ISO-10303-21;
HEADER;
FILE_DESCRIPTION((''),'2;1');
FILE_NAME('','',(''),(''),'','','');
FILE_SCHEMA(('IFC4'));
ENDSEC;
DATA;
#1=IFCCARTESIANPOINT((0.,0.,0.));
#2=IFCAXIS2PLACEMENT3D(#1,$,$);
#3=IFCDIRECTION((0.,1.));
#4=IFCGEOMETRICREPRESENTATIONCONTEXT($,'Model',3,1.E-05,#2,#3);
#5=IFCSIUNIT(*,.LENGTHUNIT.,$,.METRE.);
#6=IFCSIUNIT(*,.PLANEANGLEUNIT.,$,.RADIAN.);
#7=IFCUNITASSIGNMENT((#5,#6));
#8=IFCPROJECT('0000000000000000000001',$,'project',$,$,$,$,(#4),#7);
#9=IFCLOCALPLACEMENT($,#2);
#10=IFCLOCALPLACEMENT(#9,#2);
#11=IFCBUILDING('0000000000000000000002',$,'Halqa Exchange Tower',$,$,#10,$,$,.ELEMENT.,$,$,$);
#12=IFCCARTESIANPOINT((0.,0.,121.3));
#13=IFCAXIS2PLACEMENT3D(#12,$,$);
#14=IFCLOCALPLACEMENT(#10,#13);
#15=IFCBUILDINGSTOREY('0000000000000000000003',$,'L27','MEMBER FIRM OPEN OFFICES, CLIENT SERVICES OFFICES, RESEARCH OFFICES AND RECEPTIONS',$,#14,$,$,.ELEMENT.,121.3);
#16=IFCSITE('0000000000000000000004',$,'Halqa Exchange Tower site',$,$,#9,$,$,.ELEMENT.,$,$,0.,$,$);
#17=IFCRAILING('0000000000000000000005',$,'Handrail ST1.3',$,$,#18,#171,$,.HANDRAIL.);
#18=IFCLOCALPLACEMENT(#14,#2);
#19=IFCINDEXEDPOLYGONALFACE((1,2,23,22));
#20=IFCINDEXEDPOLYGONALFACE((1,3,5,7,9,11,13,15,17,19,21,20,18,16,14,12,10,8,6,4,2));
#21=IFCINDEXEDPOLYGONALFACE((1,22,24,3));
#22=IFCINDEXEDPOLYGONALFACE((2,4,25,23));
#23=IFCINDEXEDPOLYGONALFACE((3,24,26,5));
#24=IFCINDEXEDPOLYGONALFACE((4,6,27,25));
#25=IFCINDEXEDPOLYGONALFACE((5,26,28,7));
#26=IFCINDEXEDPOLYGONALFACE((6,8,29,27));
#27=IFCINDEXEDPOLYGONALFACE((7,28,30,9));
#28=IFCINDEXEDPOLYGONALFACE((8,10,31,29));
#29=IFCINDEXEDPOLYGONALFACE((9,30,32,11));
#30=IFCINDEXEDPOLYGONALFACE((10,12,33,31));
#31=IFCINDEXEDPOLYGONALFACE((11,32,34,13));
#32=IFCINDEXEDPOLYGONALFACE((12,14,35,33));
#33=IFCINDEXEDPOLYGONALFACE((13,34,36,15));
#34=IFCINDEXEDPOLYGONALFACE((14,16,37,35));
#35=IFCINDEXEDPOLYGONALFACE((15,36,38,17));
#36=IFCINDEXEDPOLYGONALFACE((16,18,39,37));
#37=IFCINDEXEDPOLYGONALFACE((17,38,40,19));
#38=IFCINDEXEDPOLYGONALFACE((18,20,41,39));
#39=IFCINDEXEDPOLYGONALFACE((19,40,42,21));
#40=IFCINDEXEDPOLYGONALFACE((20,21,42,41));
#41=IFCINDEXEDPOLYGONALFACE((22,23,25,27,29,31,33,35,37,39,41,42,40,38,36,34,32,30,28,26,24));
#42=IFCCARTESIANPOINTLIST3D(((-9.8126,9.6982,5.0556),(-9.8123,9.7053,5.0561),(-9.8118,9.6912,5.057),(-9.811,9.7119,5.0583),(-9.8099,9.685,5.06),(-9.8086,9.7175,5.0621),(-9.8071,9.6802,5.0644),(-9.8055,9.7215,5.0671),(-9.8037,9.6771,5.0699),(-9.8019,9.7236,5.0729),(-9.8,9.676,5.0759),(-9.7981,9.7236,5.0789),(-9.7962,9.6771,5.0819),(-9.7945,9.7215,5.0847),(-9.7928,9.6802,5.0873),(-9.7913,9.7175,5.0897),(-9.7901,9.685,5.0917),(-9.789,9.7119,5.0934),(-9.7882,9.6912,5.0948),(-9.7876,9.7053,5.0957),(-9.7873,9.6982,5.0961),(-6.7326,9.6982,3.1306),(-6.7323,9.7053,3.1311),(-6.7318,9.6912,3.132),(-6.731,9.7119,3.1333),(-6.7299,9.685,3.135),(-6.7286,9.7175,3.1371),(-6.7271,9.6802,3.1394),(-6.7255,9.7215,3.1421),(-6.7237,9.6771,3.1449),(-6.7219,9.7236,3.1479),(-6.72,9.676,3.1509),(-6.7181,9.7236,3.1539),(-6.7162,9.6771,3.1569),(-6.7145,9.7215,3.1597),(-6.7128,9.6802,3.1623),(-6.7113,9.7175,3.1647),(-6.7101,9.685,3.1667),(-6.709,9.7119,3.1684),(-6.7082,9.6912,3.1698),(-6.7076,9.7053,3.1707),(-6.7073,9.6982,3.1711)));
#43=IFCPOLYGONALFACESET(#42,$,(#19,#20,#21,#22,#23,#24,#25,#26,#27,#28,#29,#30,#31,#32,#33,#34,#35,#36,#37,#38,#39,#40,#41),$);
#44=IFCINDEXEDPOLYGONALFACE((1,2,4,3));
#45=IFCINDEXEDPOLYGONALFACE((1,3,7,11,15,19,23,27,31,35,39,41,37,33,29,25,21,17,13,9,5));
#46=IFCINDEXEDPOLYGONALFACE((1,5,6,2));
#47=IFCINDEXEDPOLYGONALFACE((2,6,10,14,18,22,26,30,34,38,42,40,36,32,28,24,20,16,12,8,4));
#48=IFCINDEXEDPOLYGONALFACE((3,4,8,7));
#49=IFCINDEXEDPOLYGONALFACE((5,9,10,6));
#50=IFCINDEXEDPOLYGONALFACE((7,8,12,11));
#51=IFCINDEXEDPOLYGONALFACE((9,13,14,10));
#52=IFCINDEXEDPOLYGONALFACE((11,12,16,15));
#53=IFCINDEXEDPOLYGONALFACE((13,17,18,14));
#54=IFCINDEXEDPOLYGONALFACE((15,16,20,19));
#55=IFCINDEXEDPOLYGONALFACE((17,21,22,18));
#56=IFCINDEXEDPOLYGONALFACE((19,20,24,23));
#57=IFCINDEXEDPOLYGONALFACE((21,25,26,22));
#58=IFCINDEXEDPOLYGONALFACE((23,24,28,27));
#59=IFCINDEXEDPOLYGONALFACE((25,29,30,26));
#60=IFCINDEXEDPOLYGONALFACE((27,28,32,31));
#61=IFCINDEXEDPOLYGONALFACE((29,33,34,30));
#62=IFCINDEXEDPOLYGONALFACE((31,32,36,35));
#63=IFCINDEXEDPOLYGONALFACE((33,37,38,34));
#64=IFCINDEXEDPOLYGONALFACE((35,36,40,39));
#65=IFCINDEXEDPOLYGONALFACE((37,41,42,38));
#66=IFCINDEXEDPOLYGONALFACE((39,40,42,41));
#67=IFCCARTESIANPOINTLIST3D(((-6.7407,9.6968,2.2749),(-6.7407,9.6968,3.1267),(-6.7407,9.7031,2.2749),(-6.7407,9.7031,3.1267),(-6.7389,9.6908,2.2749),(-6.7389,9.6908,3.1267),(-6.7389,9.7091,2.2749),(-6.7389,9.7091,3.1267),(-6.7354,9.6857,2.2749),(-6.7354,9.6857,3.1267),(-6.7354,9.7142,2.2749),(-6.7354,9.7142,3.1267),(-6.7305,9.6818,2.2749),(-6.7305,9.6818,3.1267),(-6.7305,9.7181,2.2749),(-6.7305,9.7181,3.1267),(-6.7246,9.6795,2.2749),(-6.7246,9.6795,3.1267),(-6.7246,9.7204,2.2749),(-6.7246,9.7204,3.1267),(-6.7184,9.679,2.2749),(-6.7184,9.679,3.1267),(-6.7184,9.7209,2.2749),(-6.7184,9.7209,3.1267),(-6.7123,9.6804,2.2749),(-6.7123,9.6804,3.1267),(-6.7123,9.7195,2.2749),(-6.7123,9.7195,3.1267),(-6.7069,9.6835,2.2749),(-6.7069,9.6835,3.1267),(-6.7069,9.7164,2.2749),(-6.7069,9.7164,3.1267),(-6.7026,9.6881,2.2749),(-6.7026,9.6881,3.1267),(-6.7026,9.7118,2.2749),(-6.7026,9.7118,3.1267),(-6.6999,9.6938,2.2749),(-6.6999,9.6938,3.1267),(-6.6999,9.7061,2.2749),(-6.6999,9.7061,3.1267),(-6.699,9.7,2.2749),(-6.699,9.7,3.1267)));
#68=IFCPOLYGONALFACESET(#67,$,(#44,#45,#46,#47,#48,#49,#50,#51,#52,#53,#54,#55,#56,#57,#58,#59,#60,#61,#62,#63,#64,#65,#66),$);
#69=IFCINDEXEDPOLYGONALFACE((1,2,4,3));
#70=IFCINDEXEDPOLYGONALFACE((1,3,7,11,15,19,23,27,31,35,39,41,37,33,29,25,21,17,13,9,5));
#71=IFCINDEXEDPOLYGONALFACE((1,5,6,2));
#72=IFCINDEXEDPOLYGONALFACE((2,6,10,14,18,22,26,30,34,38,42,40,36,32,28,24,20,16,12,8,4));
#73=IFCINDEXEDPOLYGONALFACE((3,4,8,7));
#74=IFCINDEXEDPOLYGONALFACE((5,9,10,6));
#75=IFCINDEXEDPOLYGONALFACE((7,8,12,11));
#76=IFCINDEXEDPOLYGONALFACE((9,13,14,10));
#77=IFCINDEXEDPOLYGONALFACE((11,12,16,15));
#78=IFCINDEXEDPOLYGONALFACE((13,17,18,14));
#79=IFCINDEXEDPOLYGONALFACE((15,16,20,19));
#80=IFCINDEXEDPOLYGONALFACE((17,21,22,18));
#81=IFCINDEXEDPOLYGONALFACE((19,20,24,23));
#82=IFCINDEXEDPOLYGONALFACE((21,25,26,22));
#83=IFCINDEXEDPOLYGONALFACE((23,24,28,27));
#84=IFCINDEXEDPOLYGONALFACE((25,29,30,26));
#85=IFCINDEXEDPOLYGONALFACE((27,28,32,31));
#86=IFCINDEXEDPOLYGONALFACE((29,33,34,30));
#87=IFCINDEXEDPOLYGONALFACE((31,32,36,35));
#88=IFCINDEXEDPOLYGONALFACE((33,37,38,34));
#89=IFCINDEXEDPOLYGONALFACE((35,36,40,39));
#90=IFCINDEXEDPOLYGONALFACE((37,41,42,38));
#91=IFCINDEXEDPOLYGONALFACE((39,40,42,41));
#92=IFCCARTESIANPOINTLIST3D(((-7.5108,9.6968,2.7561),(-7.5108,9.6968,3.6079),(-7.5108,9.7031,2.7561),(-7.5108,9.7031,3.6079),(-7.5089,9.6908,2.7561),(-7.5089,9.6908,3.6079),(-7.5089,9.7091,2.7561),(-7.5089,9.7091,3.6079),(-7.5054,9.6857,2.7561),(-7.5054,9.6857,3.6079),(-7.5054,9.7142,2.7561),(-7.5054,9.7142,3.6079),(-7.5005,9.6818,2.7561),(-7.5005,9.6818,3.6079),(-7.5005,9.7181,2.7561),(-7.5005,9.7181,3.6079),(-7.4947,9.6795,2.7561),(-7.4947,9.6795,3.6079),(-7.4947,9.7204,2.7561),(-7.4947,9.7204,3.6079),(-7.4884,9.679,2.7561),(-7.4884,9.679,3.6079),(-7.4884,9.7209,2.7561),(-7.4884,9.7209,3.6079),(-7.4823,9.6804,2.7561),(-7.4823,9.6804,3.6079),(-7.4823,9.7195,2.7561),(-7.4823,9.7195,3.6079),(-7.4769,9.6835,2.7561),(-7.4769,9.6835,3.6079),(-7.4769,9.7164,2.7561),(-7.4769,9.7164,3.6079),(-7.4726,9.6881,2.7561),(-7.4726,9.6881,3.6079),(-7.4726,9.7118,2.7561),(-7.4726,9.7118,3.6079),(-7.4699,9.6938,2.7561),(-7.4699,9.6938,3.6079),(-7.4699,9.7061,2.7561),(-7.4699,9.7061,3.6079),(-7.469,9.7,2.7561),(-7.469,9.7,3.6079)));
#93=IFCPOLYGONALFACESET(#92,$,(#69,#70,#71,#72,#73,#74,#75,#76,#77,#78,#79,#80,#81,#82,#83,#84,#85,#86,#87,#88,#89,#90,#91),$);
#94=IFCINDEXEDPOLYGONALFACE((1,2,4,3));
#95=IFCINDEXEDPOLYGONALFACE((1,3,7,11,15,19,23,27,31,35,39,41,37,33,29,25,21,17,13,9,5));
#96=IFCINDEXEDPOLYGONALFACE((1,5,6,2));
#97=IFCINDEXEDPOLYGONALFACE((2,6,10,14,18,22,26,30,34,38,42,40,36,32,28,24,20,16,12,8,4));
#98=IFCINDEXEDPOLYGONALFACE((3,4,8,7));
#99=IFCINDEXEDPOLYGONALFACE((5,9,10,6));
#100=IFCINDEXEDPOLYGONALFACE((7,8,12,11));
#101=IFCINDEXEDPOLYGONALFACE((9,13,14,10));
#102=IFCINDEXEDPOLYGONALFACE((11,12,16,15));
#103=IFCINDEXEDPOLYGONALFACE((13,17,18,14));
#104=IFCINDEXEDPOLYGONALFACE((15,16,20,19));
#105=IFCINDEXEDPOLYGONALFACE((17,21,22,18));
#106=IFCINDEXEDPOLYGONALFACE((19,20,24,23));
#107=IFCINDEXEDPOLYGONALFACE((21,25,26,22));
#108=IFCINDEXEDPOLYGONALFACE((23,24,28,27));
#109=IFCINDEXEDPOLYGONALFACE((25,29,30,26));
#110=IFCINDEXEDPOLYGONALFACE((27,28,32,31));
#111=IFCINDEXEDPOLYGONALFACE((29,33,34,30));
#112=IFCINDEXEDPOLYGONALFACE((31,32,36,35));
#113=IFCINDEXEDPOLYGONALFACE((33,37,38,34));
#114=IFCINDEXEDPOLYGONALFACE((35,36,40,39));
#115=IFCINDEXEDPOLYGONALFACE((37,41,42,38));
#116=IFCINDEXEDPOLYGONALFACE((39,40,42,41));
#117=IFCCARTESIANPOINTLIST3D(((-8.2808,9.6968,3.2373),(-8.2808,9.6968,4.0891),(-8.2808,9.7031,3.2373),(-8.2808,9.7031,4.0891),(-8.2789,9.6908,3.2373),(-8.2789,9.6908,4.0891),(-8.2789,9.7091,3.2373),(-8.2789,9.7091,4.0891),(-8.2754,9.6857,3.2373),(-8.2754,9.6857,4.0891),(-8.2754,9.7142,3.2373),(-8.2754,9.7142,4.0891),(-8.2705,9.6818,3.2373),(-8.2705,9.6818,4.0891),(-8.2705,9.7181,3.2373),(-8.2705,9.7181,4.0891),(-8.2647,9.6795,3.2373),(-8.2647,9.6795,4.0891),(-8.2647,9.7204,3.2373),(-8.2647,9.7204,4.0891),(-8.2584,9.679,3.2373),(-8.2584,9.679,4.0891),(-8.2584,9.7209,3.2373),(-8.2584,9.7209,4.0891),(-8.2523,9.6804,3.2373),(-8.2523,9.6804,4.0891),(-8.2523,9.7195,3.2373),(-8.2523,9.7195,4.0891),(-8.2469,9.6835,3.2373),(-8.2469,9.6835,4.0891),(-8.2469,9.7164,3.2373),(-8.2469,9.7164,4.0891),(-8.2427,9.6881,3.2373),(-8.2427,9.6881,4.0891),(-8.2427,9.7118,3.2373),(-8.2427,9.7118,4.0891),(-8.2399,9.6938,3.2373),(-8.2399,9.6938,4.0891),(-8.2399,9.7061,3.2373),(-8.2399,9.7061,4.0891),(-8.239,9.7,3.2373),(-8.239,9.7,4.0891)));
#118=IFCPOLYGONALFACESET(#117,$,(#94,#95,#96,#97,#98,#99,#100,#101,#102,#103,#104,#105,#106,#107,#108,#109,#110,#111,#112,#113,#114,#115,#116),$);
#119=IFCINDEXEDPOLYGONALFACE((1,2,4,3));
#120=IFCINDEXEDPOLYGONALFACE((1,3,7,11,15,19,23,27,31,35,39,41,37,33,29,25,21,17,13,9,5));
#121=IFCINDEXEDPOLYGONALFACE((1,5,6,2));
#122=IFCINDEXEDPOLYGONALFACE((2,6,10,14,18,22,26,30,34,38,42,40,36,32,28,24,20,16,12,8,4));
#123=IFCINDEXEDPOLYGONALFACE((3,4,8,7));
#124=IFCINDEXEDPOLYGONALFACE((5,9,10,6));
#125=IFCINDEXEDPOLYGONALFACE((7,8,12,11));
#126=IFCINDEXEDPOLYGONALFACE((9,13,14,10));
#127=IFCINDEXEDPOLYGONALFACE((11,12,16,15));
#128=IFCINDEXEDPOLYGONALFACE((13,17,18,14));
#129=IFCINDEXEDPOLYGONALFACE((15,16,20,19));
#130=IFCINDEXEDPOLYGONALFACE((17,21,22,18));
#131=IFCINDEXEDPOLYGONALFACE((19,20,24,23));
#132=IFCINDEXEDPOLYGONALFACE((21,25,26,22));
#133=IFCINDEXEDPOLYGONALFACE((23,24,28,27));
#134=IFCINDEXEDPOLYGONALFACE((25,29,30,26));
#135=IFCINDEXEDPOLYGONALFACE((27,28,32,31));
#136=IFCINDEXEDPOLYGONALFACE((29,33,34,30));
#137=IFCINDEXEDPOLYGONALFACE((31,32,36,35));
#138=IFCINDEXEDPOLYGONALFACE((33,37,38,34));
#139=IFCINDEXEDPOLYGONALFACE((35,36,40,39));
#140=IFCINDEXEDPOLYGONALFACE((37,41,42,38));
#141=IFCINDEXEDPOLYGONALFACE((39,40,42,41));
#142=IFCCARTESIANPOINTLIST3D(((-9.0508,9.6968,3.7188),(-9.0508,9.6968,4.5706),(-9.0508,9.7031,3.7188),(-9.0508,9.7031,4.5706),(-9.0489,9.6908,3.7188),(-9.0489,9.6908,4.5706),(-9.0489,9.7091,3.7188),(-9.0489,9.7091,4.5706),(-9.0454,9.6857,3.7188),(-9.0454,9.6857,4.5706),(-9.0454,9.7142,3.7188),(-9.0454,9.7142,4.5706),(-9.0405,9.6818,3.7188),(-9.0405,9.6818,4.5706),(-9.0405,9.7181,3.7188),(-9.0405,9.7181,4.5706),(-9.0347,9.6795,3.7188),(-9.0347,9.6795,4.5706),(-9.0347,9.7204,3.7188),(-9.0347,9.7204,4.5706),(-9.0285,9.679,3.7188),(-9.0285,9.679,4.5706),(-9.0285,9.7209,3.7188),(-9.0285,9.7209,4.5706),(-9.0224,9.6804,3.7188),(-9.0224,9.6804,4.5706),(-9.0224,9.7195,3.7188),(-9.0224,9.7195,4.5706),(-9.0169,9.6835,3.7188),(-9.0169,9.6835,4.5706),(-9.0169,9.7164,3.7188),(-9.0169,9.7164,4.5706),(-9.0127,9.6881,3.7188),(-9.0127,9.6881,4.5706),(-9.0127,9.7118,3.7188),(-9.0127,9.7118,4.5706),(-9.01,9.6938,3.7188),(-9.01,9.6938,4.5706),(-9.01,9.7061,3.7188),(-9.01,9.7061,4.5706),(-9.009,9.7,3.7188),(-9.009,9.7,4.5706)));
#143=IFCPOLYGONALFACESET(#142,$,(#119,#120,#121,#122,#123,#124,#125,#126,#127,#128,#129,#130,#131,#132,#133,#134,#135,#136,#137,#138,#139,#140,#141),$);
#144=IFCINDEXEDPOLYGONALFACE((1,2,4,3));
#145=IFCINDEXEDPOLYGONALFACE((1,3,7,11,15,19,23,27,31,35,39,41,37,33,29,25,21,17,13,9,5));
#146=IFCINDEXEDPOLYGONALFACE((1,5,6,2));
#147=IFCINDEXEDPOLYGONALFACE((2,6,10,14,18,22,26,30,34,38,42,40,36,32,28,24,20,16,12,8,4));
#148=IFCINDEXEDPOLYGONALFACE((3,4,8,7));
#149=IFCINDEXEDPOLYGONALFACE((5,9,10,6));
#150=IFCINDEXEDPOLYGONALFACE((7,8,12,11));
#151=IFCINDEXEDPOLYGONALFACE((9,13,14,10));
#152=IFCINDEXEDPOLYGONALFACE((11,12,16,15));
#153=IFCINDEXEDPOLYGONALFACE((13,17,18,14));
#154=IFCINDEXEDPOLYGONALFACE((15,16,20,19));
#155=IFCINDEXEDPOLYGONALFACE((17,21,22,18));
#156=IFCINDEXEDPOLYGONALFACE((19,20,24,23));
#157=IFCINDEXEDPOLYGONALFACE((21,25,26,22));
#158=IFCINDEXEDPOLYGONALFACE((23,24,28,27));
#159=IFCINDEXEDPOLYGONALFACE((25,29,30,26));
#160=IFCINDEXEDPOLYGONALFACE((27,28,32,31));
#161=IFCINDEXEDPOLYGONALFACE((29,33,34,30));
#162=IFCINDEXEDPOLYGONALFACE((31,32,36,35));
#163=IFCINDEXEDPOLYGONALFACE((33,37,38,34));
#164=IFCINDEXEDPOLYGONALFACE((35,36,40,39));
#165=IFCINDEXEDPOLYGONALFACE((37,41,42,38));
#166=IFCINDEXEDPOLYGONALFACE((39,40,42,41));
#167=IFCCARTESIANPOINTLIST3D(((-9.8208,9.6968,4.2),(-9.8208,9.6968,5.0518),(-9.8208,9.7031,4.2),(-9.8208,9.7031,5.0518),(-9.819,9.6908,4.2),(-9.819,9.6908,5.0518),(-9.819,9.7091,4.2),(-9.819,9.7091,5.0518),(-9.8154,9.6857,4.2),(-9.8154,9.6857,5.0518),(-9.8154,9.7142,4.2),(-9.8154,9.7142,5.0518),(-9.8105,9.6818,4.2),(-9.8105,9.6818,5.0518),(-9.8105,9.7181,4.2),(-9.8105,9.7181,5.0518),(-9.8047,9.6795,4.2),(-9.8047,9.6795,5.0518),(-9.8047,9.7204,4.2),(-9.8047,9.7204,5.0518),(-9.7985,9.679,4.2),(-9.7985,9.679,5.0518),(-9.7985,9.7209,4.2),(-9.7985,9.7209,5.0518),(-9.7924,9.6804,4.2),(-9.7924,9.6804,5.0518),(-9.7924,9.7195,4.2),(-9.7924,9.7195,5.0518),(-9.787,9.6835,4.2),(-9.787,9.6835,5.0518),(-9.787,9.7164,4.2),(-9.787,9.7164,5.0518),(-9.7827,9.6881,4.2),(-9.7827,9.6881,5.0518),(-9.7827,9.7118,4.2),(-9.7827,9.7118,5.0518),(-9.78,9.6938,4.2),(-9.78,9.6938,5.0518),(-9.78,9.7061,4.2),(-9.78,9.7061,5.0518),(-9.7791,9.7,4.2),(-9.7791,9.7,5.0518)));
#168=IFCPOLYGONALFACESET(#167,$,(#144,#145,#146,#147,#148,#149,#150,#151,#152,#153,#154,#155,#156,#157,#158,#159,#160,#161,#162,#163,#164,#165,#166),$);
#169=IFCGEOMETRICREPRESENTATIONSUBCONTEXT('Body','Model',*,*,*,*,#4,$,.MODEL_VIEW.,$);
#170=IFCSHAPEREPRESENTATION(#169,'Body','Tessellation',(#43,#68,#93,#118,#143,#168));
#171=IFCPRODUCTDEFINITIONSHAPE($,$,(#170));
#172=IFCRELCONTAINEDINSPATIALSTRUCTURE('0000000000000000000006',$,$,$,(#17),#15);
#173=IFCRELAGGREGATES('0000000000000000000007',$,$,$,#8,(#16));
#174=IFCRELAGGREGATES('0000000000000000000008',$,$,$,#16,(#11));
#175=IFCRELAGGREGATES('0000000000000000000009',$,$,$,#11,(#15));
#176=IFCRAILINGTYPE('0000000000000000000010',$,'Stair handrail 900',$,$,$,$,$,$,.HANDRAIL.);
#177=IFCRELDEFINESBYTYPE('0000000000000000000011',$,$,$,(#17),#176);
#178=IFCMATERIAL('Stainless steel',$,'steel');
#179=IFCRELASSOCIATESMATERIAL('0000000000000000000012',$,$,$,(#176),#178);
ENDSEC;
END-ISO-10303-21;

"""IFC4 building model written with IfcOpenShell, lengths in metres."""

from ifc_helpers import new_model, si_unit, direction, frame, origin, origin_2d, place, context, subcontext, project, spatial, circle, extrude, material, type_object, element, save


model = new_model("IFC4")

# Units and contexts
model_context = context("Model", 3, precision=1e-05, world=origin(), true_north=direction((0.0, 1.0)))
body_context = subcontext(model_context, "Body", "Model", "MODEL_VIEW")
ifc_project = project(units=[si_unit("LENGTHUNIT", "METRE"), si_unit("PLANEANGLEUNIT", "RADIAN")], contexts=[model_context])

# Site, building, storey
site_placement = place(None, origin())
site = spatial("IfcSite", under=ifc_project, at=site_placement, Name="Halqa Exchange Tower site", CompositionType="ELEMENT", RefElevation=0.0)
building_placement = place(site_placement, origin())
building = spatial("IfcBuilding", under=site, at=building_placement, Name="Halqa Exchange Tower", CompositionType="ELEMENT")
storey_placement = place(building_placement, frame((0.0, 0.0, 121.3)))
storey = spatial("IfcBuildingStorey", under=building, at=storey_placement, Name="L27", Description="MEMBER FIRM OPEN OFFICES, CLIENT SERVICES OFFICES, RESEARCH OFFICES AND RECEPTIONS", CompositionType="ELEMENT", Elevation=121.3)

# Railing
ifc_material_1 = material(Name="Stainless steel", Category="steel")
railing_type_1 = type_object("IfcRailingType", Name="Stair handrail 900", PredefinedType="HANDRAIL", material=ifc_material_1)
railing_1_placement = place(storey_placement, frame((-6.72, 9.7, 2.2749)))
element("IfcRailing", 1, at=railing_1_placement, inside=storey, type_object=railing_type_1, Name="Handrail ST1.3", PredefinedType="HANDRAIL", context=body_context, shape_type="SweptSolid", body=[
    extrude(circle(Radius=0.0239, at=origin_2d()), frame((0.0, 0.0, 0.876), z_axis=(-0.847998, 0.0, 0.529999), x_axis=(0.0, -1.0, 0.0)), (0.0, 0.0, 1.0), 3.6321),
    extrude(circle(Radius=0.021, at=origin_2d()), origin(), (0.0, 0.0, 1.0), 0.8518),
    extrude(circle(Radius=0.021, at=origin_2d()), frame((-0.77, 0.0, 0.4812)), (0.0, 0.0, 1.0), 0.8518),
    extrude(circle(Radius=0.021, at=origin_2d()), frame((-1.54, 0.0, 0.9624)), (0.0, 0.0, 1.0), 0.8518),
    extrude(circle(Radius=0.021, at=origin_2d()), frame((-2.3101, 0.0, 1.4438)), (0.0, 0.0, 1.0), 0.8518),
    extrude(circle(Radius=0.021, at=origin_2d()), frame((-3.0801, 0.0, 1.925)), (0.0, 0.0, 1.0), 0.8518),
])

save(model, "model.ifc")
